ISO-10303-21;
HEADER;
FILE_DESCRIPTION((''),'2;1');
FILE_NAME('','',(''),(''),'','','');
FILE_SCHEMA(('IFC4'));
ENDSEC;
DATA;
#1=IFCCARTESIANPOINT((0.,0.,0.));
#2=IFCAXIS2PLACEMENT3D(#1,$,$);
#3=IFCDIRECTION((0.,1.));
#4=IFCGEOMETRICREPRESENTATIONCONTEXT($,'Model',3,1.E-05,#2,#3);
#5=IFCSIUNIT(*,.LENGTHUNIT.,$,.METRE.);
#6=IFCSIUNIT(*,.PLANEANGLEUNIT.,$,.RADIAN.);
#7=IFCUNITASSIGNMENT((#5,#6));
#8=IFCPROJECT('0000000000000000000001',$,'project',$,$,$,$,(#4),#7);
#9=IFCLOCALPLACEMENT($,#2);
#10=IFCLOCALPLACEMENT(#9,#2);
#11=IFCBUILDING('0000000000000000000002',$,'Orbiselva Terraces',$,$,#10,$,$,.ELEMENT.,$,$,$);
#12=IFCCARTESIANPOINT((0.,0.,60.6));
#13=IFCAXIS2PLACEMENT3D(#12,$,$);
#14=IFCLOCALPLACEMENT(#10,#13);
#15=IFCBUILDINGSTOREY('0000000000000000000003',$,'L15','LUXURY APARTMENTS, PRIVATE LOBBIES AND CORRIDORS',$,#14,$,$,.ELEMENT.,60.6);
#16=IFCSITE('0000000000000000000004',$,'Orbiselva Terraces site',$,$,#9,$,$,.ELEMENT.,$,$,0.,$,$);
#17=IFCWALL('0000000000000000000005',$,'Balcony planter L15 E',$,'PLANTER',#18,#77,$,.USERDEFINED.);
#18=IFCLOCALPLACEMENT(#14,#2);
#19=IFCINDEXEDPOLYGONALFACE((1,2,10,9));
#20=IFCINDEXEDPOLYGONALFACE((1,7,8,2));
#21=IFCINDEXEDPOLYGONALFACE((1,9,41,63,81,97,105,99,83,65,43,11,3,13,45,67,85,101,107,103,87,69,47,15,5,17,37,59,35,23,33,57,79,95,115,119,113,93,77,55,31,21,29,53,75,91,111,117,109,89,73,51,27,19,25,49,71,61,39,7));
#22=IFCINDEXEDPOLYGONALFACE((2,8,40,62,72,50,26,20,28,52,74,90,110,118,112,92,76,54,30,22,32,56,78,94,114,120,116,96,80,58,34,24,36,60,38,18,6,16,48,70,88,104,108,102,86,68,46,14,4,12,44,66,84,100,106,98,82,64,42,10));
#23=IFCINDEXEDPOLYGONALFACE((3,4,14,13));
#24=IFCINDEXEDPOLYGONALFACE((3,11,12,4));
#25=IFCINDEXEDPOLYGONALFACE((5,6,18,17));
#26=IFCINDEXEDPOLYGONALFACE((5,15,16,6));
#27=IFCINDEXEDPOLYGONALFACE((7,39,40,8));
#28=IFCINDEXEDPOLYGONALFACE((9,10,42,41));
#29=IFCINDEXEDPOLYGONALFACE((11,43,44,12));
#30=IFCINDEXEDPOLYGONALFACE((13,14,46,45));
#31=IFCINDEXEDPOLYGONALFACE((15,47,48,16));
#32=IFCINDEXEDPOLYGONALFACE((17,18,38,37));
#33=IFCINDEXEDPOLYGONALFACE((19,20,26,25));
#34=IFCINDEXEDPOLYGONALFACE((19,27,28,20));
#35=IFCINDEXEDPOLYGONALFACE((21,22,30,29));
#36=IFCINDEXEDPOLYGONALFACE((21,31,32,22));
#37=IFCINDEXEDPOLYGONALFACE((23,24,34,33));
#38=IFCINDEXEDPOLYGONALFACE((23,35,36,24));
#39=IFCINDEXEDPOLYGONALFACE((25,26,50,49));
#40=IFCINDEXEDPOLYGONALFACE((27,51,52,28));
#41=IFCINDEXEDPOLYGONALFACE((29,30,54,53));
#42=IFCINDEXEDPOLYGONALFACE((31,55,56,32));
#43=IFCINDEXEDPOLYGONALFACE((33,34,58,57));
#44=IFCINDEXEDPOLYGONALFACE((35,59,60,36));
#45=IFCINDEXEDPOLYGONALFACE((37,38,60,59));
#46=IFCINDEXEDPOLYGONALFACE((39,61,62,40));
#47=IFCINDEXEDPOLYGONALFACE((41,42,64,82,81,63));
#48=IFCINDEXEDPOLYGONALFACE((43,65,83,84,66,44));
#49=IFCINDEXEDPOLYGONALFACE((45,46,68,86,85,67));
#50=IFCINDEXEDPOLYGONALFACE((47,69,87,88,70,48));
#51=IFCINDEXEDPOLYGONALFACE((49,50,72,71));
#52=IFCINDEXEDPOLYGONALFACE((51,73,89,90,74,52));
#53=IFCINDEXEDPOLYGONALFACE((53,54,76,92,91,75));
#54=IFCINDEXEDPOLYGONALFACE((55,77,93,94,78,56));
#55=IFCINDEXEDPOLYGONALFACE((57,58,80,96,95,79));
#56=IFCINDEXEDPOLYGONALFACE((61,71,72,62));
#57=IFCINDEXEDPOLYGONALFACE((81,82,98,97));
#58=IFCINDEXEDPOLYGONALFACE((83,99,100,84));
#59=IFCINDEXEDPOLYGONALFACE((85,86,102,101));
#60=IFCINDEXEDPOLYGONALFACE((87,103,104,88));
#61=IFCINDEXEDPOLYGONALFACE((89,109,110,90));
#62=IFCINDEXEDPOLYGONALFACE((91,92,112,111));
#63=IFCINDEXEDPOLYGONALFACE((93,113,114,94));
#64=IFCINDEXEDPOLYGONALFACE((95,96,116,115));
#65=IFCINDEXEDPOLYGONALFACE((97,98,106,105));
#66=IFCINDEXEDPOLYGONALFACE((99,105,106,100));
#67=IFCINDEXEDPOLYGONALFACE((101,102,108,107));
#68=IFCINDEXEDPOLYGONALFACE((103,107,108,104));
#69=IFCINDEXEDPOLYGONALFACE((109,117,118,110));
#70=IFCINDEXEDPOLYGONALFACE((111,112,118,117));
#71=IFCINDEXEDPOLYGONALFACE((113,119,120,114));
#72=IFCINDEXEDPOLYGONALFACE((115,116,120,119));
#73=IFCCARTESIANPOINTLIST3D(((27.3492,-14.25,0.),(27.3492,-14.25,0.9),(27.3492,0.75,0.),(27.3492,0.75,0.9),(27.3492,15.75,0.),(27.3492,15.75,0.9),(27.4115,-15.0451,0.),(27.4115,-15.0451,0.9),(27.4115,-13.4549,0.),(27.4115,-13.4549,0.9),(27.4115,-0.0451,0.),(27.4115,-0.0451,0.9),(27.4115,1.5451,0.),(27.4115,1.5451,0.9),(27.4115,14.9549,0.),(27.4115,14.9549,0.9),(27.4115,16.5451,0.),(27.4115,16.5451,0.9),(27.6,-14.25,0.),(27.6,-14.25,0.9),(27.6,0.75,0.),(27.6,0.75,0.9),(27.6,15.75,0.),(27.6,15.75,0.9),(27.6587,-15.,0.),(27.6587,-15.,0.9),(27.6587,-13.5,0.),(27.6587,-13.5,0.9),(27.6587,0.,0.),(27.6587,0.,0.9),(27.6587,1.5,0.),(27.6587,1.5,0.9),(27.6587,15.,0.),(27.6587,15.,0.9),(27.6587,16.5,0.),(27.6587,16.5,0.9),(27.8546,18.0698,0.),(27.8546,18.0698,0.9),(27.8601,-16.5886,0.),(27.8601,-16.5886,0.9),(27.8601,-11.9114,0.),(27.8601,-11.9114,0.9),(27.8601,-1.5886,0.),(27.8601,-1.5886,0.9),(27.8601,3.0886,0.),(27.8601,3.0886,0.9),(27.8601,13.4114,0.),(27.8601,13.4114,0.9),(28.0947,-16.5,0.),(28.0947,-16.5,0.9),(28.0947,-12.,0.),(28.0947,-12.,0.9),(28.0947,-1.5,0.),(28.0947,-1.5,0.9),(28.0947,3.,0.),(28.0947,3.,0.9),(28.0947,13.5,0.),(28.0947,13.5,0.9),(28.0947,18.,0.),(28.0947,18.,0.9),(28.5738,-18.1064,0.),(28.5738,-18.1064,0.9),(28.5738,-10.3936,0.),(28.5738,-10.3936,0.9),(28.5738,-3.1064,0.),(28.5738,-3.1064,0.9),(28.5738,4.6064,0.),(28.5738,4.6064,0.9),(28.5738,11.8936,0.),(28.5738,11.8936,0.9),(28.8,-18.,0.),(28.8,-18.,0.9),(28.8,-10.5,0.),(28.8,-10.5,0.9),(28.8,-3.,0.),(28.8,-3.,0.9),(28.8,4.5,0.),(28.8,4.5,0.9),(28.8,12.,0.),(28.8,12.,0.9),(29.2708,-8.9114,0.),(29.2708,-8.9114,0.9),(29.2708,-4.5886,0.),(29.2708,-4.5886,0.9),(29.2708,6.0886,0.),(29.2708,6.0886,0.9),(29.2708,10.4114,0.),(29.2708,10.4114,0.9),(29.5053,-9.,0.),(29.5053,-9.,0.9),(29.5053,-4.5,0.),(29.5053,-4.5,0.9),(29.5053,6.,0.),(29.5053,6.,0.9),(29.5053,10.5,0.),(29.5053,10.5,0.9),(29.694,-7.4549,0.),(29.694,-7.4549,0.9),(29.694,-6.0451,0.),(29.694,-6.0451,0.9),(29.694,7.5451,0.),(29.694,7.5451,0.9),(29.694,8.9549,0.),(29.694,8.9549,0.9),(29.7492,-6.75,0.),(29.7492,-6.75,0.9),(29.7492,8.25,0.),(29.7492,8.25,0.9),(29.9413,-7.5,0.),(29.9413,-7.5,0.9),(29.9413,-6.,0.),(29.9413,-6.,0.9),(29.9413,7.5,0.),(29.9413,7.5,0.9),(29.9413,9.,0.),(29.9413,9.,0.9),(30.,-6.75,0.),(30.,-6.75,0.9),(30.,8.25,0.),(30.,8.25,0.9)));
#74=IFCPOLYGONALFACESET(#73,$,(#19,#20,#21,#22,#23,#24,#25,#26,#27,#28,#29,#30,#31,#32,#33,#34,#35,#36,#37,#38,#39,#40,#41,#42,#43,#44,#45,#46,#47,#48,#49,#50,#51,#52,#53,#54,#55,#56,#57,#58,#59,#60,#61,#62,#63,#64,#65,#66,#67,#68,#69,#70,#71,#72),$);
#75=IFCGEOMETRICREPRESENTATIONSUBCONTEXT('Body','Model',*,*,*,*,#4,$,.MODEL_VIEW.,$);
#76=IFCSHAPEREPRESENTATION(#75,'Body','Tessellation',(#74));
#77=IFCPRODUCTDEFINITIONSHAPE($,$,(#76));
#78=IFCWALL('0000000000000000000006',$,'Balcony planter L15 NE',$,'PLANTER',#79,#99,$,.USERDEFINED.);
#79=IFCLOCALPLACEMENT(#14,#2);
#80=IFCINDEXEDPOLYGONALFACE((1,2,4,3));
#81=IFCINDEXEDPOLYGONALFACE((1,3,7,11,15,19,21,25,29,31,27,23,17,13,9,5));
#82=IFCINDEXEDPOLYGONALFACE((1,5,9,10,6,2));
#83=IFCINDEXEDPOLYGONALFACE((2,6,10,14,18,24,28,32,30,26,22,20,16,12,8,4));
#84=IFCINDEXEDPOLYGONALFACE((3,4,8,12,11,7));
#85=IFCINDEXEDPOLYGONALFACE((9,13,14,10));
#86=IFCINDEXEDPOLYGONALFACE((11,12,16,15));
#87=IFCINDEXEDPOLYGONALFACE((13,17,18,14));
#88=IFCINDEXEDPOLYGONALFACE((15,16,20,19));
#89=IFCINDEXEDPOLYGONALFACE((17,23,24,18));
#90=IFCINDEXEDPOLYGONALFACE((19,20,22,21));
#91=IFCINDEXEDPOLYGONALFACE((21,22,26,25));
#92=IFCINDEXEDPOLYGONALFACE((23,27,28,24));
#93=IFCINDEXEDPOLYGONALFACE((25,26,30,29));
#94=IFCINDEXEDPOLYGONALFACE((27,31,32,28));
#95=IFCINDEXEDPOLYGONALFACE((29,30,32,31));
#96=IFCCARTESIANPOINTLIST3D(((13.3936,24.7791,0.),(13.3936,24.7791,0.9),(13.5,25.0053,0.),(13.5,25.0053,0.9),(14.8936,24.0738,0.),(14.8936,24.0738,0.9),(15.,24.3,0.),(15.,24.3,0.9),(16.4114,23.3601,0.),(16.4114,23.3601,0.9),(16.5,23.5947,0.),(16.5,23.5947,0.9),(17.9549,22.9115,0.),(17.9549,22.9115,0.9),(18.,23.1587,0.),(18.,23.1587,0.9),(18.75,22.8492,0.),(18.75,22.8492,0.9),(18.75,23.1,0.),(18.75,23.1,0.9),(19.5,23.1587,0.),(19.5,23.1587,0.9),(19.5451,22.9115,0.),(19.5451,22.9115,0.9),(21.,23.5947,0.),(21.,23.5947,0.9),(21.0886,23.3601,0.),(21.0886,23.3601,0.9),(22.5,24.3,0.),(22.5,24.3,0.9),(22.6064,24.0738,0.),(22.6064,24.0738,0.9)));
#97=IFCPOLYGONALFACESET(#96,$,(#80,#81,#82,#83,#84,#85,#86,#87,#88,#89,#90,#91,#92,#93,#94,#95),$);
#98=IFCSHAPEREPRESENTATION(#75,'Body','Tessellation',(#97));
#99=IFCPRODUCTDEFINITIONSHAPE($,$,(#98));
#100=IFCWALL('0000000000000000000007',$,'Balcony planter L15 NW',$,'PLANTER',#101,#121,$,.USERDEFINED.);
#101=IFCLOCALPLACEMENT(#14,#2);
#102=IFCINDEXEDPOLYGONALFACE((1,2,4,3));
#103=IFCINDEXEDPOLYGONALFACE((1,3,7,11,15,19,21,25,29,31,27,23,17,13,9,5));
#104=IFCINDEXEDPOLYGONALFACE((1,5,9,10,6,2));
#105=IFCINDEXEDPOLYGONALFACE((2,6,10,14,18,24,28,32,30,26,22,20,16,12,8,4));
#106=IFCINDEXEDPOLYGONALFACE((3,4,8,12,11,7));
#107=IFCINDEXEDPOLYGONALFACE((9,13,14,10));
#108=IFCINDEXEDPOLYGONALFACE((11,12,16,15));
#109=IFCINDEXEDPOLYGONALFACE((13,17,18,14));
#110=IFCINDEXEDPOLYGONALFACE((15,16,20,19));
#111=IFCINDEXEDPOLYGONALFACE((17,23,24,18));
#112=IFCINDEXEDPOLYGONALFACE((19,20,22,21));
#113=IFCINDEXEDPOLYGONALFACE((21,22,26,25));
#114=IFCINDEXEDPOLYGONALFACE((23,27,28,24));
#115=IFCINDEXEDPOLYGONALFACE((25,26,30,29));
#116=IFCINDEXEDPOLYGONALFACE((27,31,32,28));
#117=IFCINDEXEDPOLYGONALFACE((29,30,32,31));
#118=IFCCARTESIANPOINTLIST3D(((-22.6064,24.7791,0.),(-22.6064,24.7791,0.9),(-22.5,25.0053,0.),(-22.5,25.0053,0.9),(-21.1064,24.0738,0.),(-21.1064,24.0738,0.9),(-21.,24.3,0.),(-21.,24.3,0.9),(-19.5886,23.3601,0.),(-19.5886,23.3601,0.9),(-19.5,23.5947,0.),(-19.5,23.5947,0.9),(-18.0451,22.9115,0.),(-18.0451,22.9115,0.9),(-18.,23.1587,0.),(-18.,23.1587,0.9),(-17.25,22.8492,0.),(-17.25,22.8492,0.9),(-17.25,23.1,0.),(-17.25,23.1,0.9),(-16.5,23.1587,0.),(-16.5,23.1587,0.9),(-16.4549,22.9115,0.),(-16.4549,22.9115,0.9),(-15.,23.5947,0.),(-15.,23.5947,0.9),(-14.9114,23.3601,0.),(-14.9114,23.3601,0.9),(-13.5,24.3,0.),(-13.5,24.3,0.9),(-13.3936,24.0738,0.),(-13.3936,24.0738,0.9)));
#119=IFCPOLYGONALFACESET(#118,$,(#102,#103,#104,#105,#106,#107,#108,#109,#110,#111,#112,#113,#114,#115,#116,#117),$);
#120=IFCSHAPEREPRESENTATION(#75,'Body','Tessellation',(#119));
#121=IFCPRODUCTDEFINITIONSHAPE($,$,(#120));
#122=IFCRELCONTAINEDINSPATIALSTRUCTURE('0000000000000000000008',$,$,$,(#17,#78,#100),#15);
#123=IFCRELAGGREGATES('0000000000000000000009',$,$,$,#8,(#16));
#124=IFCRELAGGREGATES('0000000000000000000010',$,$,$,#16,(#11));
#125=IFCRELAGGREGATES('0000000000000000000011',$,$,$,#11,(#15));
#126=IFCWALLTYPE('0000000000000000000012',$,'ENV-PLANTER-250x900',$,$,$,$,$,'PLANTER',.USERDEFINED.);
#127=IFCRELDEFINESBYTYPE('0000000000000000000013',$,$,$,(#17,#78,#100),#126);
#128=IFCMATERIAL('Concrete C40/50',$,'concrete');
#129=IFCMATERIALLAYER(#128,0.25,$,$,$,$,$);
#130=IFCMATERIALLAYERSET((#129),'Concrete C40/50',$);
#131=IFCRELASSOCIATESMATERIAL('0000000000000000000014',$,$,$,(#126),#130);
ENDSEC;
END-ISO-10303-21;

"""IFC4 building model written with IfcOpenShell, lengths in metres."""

from ifc_helpers import new_model, si_unit, direction, frame, origin, place, context, subcontext, project, spatial, polyline, outline, extrude, material, layer, layer_set, type_object, element, save


model = new_model("IFC4")

# Units and contexts
model_context = context("Model", 3, precision=1e-05, world=origin(), true_north=direction((0.0, 1.0)))
body_context = subcontext(model_context, "Body", "Model", "MODEL_VIEW")
ifc_project = project(units=[si_unit("LENGTHUNIT", "METRE"), si_unit("PLANEANGLEUNIT", "RADIAN")], contexts=[model_context])

# Site, building, storey
site_placement = place(None, origin())
site = spatial("IfcSite", under=ifc_project, at=site_placement, Name="Orbiselva Terraces site", CompositionType="ELEMENT", RefElevation=0.0)
building_placement = place(site_placement, origin())
building = spatial("IfcBuilding", under=site, at=building_placement, Name="Orbiselva Terraces", CompositionType="ELEMENT")
storey_placement = place(building_placement, frame((0.0, 0.0, 60.6)))
storey = spatial("IfcBuildingStorey", under=building, at=storey_placement, Name="L15", Description="LUXURY APARTMENTS, PRIVATE LOBBIES AND CORRIDORS", CompositionType="ELEMENT", Elevation=60.6)

# Shared definitions
ifc_material_1 = material(Name="Concrete C40/50", Category="concrete")

# Walls
ifc_layer_1 = layer(ifc_material_1, 0.25)
ifc_layer_set_1 = layer_set([ifc_layer_1], Name="Concrete C40/50")
wall_type_1 = type_object("IfcWallType", Name="ENV-PLANTER-250x900", ElementType="PLANTER", PredefinedType="USERDEFINED", material=ifc_layer_set_1)
wall_1_placement = place(storey_placement, origin())
element("IfcWall", 1, at=wall_1_placement, inside=storey, type_object=wall_type_1, Name="Balcony planter L15 E", ObjectType="PLANTER", PredefinedType="USERDEFINED", context=body_context, shape_type="SweptSolid", body=[
    extrude(outline(polyline([(28.8, -18.0), (28.0947, -16.5), (27.6587, -15.0), (27.6, -14.25), (27.6587, -13.5), (28.0947, -12.0), (28.8, -10.5), (29.5053, -9.0), (29.9413, -7.5), (30.0, -6.75), (29.9413, -6.0), (29.5053, -4.5), (28.8, -3.0), (28.0947, -1.5), (27.6587, 0.0), (27.6, 0.75), (27.6587, 1.5), (28.0947, 3.0), (28.8, 4.5), (29.5053, 6.0), (29.9413, 7.5), (30.0, 8.25), (29.9413, 9.0), (29.5053, 10.5), (28.8, 12.0), (28.0947, 13.5), (27.6587, 15.0), (27.6, 15.75), (27.6587, 16.5), (28.0947, 18.0), (27.8546, 18.0698), (27.4115, 16.5451), (27.3492, 15.75), (27.4115, 14.9549), (27.8601, 13.4114), (28.5738, 11.8936), (29.2708, 10.4114), (29.694, 8.9549), (29.7492, 8.25), (29.694, 7.5451), (29.2708, 6.0886), (28.5738, 4.6064), (27.8601, 3.0886), (27.4115, 1.5451), (27.3492, 0.75), (27.4115, -0.0451), (27.8601, -1.5886), (28.5738, -3.1064), (29.2708, -4.5886), (29.694, -6.0451), (29.7492, -6.75), (29.694, -7.4549), (29.2708, -8.9114), (28.5738, -10.3936), (27.8601, -11.9114), (27.4115, -13.4549), (27.3492, -14.25), (27.4115, -15.0451), (27.8601, -16.5886), (28.5738, -18.1064), (28.8, -18.0)])), origin(), (0.0, 0.0, 1.0), 0.9),
])
wall_2_placement = place(storey_placement, origin())
element("IfcWall", 2, at=wall_2_placement, inside=storey, type_object=wall_type_1, Name="Balcony planter L15 NE", ObjectType="PLANTER", PredefinedType="USERDEFINED", context=body_context, shape_type="SweptSolid", body=[
    extrude(outline(polyline([(22.5, 24.3), (21.0, 23.5947), (19.5, 23.1587), (18.75, 23.1), (18.0, 23.1587), (16.5, 23.5947), (15.0, 24.3), (13.5, 25.0053), (13.3936, 24.7791), (14.8936, 24.0738), (16.4114, 23.3601), (17.9549, 22.9115), (18.75, 22.8492), (19.5451, 22.9115), (21.0886, 23.3601), (22.6064, 24.0738), (22.5, 24.3)])), origin(), (0.0, 0.0, 1.0), 0.9),
])
wall_3_placement = place(storey_placement, origin())
element("IfcWall", 3, at=wall_3_placement, inside=storey, type_object=wall_type_1, Name="Balcony planter L15 NW", ObjectType="PLANTER", PredefinedType="USERDEFINED", context=body_context, shape_type="SweptSolid", body=[
    extrude(outline(polyline([(-13.5, 24.3), (-15.0, 23.5947), (-16.5, 23.1587), (-17.25, 23.1), (-18.0, 23.1587), (-19.5, 23.5947), (-21.0, 24.3), (-22.5, 25.0053), (-22.6064, 24.7791), (-21.1064, 24.0738), (-19.5886, 23.3601), (-18.0451, 22.9115), (-17.25, 22.8492), (-16.4549, 22.9115), (-14.9114, 23.3601), (-13.3936, 24.0738), (-13.5, 24.3)])), origin(), (0.0, 0.0, 1.0), 0.9),
])

save(model, "model.ifc")
